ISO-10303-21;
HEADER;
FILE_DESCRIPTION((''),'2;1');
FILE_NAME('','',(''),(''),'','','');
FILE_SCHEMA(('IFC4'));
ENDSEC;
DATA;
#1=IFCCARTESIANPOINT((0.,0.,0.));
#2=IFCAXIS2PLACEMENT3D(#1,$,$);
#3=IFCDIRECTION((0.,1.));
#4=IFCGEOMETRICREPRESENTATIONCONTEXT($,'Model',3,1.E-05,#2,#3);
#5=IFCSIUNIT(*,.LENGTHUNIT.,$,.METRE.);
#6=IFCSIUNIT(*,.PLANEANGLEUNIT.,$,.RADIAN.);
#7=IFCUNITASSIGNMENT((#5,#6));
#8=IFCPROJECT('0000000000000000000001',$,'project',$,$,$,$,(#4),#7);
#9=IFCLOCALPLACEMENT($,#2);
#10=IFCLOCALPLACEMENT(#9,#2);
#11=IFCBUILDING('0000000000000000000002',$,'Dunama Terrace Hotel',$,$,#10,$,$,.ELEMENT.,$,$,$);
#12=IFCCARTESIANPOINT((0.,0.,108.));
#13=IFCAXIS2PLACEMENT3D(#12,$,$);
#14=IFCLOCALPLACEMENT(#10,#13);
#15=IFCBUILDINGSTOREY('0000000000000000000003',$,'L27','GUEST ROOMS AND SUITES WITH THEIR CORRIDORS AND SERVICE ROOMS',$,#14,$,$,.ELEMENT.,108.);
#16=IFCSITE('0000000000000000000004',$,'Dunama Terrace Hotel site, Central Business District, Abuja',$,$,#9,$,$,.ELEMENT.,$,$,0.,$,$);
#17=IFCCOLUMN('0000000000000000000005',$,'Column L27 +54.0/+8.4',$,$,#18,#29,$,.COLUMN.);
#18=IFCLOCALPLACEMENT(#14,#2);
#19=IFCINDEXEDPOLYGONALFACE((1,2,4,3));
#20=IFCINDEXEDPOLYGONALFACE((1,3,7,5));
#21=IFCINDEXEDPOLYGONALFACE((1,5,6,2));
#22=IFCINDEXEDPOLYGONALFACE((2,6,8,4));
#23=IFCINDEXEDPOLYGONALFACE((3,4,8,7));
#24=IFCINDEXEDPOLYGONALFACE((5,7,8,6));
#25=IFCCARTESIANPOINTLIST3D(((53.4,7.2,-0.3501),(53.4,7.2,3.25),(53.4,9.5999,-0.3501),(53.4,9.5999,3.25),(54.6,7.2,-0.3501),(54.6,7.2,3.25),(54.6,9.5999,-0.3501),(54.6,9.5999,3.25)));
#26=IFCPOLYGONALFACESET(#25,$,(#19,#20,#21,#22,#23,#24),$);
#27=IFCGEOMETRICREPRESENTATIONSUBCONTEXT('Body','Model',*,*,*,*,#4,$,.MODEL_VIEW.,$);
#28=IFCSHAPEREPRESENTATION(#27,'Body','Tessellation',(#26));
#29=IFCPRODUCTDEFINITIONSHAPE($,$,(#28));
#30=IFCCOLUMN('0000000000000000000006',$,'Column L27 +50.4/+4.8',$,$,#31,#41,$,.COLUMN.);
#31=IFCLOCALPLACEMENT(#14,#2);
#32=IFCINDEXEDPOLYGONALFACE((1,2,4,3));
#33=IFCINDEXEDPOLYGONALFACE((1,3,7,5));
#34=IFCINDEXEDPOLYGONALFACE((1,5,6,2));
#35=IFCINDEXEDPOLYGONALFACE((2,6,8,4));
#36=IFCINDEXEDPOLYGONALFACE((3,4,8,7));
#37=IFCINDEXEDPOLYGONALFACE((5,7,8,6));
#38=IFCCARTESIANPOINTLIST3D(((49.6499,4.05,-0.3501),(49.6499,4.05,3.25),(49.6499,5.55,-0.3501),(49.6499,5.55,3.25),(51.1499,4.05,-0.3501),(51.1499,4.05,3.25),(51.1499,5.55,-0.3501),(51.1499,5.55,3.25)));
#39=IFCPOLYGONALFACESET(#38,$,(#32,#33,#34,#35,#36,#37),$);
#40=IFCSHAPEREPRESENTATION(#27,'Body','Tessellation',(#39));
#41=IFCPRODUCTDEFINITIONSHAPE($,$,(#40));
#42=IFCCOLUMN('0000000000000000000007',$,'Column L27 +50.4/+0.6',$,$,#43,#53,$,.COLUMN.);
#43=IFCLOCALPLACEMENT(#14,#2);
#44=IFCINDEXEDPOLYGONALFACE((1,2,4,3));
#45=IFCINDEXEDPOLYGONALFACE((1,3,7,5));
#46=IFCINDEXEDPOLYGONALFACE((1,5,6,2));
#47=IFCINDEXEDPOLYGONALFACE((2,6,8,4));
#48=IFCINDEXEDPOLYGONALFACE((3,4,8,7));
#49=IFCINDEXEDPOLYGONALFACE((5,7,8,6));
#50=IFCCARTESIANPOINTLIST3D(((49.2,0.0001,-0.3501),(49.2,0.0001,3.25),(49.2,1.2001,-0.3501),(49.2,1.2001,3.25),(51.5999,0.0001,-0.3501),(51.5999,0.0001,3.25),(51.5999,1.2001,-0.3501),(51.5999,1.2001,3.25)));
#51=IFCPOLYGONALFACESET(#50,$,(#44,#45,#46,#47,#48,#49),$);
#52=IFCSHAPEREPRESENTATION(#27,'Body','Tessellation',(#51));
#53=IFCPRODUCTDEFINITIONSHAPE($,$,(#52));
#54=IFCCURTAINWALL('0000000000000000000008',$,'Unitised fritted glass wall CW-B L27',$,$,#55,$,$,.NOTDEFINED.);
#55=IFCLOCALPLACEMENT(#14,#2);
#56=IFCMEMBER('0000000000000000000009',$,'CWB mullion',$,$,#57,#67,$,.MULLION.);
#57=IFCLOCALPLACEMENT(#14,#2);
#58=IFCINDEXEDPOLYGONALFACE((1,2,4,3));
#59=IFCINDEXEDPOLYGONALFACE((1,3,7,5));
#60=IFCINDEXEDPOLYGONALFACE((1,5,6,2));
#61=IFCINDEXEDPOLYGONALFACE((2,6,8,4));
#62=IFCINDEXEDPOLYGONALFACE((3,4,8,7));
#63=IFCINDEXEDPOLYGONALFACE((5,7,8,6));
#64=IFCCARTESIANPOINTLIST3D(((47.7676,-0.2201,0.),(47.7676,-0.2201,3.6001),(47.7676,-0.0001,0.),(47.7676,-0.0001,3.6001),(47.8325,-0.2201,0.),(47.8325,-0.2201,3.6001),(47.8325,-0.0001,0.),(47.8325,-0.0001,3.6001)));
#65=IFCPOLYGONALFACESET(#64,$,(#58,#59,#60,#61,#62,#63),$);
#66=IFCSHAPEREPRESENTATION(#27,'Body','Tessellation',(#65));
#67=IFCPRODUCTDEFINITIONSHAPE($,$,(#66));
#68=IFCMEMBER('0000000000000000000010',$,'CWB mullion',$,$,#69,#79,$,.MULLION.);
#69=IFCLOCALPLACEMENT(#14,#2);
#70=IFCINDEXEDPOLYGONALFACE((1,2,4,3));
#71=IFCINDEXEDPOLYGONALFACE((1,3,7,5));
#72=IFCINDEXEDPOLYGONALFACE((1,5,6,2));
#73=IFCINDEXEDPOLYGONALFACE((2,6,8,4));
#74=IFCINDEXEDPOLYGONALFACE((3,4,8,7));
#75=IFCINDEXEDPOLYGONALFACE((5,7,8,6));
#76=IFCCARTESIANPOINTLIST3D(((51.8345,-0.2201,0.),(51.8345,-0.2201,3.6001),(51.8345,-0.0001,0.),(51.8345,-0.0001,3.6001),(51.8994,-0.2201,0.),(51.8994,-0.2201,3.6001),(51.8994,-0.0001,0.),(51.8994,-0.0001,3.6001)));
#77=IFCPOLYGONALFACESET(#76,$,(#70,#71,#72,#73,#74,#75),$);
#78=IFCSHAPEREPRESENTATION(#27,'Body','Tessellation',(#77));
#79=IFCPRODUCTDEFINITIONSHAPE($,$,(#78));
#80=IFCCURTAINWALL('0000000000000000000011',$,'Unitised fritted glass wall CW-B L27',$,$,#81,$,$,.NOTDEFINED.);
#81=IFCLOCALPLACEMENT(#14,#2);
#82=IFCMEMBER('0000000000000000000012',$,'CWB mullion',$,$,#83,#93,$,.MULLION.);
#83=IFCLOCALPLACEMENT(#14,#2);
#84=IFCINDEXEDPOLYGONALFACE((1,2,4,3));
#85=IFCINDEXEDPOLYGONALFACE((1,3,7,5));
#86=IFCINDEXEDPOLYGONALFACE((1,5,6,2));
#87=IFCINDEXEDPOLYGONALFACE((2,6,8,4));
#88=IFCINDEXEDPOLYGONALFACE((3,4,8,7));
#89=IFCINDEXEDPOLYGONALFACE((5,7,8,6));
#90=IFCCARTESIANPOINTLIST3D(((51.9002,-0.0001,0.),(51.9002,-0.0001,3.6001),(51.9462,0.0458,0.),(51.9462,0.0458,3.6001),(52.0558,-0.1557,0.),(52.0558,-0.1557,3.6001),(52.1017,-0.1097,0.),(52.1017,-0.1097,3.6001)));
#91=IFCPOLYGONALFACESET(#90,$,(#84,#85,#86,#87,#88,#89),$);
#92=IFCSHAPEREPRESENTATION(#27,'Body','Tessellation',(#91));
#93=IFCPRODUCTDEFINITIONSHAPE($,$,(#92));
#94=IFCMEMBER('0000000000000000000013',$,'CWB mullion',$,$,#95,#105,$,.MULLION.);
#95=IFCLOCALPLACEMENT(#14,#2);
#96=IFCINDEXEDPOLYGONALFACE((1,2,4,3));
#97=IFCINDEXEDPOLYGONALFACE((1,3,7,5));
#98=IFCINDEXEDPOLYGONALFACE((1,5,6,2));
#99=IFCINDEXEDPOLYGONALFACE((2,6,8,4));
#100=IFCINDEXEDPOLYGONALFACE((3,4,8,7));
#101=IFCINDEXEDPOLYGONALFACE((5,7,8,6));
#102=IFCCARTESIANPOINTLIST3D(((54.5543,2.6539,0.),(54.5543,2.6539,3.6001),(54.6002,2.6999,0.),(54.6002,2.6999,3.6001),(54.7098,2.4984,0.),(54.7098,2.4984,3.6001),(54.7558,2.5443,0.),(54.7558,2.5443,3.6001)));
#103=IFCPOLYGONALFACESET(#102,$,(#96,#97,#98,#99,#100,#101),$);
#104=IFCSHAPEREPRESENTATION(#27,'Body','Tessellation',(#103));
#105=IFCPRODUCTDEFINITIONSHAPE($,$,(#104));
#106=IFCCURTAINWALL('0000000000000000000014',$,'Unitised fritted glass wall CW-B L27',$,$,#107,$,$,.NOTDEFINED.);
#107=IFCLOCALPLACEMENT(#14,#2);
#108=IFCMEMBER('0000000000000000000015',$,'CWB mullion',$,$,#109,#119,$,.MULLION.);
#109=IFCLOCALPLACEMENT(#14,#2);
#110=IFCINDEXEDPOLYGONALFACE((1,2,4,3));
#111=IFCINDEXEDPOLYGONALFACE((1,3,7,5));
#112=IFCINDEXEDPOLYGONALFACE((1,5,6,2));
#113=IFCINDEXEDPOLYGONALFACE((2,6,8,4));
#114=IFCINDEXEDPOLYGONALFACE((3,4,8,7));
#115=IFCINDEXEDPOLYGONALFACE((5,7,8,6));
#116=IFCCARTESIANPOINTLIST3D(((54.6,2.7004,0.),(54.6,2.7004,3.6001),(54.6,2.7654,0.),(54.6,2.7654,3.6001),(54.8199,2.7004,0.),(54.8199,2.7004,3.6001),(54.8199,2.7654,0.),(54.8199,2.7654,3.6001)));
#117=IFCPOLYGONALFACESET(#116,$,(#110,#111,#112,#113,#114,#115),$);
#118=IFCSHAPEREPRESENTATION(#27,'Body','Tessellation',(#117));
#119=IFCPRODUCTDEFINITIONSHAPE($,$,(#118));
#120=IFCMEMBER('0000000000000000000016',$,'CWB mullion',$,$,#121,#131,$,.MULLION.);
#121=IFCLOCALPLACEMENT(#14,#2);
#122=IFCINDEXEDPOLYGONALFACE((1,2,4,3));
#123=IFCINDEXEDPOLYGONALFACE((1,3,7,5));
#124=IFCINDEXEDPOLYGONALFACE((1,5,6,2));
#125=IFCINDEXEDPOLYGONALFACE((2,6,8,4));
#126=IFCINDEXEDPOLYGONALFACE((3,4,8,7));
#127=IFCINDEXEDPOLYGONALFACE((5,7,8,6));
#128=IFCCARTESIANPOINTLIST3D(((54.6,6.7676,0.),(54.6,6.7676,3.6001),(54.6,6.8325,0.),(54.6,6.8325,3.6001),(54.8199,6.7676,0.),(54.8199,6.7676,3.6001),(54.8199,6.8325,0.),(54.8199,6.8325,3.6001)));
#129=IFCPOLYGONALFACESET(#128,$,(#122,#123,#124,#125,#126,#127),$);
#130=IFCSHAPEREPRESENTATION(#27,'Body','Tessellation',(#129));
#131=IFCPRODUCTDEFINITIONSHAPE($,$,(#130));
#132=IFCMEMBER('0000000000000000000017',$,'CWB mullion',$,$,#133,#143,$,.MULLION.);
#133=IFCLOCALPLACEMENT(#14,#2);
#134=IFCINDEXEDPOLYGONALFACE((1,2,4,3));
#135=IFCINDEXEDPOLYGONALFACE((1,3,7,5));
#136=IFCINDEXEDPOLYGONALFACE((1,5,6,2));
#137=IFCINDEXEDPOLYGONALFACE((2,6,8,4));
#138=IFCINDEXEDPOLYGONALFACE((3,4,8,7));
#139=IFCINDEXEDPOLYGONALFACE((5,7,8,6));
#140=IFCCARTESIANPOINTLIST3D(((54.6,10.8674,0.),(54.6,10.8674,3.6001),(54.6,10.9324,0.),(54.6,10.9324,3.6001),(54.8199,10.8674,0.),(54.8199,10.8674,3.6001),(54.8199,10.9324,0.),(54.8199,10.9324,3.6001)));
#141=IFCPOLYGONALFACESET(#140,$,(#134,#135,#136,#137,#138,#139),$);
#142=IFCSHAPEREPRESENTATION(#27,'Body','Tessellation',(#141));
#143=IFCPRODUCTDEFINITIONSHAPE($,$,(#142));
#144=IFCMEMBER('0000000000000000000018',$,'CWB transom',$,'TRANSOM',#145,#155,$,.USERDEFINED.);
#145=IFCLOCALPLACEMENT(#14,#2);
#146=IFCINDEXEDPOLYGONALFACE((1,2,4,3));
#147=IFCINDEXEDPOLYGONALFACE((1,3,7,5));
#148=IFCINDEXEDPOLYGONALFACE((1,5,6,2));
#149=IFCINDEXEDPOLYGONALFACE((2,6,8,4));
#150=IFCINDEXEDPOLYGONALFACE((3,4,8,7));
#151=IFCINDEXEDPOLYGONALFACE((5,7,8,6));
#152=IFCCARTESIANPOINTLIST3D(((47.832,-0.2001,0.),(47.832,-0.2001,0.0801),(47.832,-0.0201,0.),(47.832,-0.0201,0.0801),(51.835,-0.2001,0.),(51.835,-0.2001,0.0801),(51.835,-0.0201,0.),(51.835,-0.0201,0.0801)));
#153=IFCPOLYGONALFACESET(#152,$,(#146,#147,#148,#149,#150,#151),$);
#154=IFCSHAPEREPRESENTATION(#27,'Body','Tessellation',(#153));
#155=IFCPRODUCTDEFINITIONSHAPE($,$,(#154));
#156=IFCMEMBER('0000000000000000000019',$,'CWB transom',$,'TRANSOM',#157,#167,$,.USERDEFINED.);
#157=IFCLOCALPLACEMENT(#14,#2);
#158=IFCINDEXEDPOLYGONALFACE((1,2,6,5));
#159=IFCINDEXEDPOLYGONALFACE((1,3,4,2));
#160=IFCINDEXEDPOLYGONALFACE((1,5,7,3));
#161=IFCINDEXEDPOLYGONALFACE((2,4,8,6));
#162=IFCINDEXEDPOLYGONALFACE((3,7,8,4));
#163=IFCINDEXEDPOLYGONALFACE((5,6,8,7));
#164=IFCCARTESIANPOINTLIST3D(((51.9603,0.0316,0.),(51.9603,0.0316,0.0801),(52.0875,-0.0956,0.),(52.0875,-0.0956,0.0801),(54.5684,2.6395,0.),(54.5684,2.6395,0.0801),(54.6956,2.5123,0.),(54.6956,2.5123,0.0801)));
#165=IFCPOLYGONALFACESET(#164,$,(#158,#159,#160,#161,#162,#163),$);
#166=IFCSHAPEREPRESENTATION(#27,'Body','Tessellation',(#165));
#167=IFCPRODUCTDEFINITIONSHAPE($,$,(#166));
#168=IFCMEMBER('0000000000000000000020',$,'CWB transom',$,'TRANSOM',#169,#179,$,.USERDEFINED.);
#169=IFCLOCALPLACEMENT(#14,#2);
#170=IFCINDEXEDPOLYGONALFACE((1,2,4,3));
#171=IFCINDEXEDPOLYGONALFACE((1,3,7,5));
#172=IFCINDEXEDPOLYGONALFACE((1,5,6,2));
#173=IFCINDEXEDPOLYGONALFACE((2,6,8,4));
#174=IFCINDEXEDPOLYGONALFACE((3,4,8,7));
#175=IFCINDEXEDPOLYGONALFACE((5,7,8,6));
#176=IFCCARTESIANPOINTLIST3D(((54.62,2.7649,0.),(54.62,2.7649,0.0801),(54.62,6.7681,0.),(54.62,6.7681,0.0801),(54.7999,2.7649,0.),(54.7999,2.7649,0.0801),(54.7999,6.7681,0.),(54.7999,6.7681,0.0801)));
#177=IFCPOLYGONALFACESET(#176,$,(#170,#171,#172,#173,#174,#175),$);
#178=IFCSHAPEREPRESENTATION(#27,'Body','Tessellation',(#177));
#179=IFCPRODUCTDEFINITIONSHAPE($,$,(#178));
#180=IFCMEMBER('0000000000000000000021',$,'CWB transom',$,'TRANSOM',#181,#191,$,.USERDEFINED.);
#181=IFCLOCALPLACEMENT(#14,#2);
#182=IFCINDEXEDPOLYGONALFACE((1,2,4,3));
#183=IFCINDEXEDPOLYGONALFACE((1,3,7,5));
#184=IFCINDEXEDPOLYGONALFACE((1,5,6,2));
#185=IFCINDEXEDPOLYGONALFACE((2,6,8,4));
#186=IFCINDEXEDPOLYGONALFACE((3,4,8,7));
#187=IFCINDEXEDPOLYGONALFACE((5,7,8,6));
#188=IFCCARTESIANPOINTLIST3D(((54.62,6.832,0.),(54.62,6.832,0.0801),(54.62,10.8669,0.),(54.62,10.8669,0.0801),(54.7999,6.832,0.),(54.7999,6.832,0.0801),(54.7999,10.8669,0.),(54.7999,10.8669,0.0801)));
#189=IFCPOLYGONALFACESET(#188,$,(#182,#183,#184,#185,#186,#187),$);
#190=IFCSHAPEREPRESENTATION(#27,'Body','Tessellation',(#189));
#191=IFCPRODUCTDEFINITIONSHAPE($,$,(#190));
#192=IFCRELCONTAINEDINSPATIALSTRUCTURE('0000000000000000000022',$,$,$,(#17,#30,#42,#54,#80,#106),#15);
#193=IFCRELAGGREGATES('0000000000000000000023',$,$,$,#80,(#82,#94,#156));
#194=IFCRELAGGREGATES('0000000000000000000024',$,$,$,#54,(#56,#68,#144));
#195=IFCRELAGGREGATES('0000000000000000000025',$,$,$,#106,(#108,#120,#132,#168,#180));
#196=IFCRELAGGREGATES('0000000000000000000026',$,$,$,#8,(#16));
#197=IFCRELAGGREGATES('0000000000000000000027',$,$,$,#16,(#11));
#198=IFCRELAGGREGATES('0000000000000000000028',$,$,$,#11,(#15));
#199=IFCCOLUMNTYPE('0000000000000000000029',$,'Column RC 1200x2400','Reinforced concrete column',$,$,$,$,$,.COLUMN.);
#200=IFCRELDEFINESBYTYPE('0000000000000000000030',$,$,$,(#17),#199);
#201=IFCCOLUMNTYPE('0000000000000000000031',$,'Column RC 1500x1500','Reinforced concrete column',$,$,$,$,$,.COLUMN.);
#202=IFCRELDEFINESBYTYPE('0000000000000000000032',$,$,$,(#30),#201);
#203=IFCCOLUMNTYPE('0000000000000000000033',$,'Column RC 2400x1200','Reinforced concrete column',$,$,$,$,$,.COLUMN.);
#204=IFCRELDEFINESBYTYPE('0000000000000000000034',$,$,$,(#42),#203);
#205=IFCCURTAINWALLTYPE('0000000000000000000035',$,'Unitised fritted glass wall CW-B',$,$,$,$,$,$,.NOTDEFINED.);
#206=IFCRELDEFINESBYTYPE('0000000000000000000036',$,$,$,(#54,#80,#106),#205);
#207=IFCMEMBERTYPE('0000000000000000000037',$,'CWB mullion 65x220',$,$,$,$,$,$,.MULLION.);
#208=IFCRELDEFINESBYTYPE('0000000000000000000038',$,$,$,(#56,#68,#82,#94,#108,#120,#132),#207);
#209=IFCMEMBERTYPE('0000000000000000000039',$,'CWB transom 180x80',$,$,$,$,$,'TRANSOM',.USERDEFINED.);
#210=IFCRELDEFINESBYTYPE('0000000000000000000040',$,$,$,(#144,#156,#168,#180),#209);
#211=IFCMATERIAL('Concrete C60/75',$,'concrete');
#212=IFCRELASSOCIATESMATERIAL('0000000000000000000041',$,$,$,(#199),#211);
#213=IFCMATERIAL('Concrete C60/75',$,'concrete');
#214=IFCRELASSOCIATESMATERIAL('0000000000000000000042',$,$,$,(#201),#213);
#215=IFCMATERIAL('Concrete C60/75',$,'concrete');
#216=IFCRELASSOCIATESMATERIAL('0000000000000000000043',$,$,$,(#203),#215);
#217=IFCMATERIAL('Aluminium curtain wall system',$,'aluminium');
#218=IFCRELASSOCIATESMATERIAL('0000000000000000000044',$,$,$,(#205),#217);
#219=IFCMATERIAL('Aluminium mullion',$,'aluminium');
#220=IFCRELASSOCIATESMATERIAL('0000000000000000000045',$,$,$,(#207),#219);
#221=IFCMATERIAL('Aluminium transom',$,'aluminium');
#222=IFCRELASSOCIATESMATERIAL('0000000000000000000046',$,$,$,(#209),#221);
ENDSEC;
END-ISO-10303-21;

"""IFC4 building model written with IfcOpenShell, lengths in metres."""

from ifc_helpers import new_model, si_unit, direction, frame, origin, origin_2d, place, context, subcontext, project, spatial, rectangle, extrude, material, material_profile, profile_set, type_object, element, aggregate, save


model = new_model("IFC4")

# Units and contexts
model_context = context("Model", 3, precision=1e-05, world=origin(), true_north=direction((0.0, 1.0)))
body_context = subcontext(model_context, "Body", "Model", "MODEL_VIEW")
ifc_project = project(units=[si_unit("LENGTHUNIT", "METRE"), si_unit("PLANEANGLEUNIT", "RADIAN")], contexts=[model_context])

# Site, building, storey
site_placement = place(None, origin())
site = spatial("IfcSite", under=ifc_project, at=site_placement, Name="Dunama Terrace Hotel site, Central Business District, Abuja", CompositionType="ELEMENT", RefElevation=0.0)
building_placement = place(site_placement, origin())
building = spatial("IfcBuilding", under=site, at=building_placement, Name="Dunama Terrace Hotel", CompositionType="ELEMENT")
storey_placement = place(building_placement, frame((0.0, 0.0, 108.0)))
storey = spatial("IfcBuildingStorey", under=building, at=storey_placement, Name="L27", Description="GUEST ROOMS AND SUITES WITH THEIR CORRIDORS AND SERVICE ROOMS", CompositionType="ELEMENT", Elevation=108.0)

# Columns
ifc_material_1 = material(Name="Concrete C60/75", Category="concrete")
ifc_material_profile_1 = material_profile(ifc_material_1, rectangle(XDim=1.2, YDim=2.3999, at=origin_2d()), Name="RC 1200x2400")
ifc_profile_set_1 = profile_set([ifc_material_profile_1], Name="Concrete C60/75")
column_type_1 = type_object("IfcColumnType", Name="Column RC 1200x2400", Description="Reinforced concrete column", PredefinedType="COLUMN", material=ifc_profile_set_1)
column_1_placement = place(storey_placement, frame((54.0, 8.3999, -0.3501), z_axis=(0.0, 0.0, 1.0), x_axis=(1.0, 0.0, 0.0)))
element("IfcColumn", 1, at=column_1_placement, inside=storey, type_object=column_type_1, Name="Column L27 +54.0/+8.4", PredefinedType="COLUMN", context=body_context, shape_type="SweptSolid", body=[
    extrude(rectangle(XDim=1.2, YDim=2.3999, at=origin_2d()), origin(), (0.0, 0.0, 1.0), 3.6001),
])
ifc_material_2 = material(Name="Concrete C60/75", Category="concrete")
ifc_material_profile_2 = material_profile(ifc_material_2, rectangle(XDim=1.5, YDim=1.5, at=origin_2d()), Name="RC 1500x1500")
ifc_profile_set_2 = profile_set([ifc_material_profile_2], Name="Concrete C60/75")
column_type_2 = type_object("IfcColumnType", Name="Column RC 1500x1500", Description="Reinforced concrete column", PredefinedType="COLUMN", material=ifc_profile_set_2)
column_2_placement = place(storey_placement, frame((50.3999, 4.8, -0.3501), z_axis=(0.0, 0.0, 1.0), x_axis=(1.0, 0.0, 0.0)))
element("IfcColumn", 2, at=column_2_placement, inside=storey, type_object=column_type_2, Name="Column L27 +50.4/+4.8", PredefinedType="COLUMN", context=body_context, shape_type="SweptSolid", body=[
    extrude(rectangle(XDim=1.5, YDim=1.5, at=origin_2d()), origin(), (0.0, 0.0, 1.0), 3.6001),
])
ifc_material_3 = material(Name="Concrete C60/75", Category="concrete")
ifc_material_profile_3 = material_profile(ifc_material_3, rectangle(XDim=2.3999, YDim=1.2, at=origin_2d()), Name="RC 2400x1200")
ifc_profile_set_3 = profile_set([ifc_material_profile_3], Name="Concrete C60/75")
column_type_3 = type_object("IfcColumnType", Name="Column RC 2400x1200", Description="Reinforced concrete column", PredefinedType="COLUMN", material=ifc_profile_set_3)
column_3_placement = place(storey_placement, frame((50.3999, 0.6001, -0.3501), z_axis=(0.0, 0.0, 1.0), x_axis=(1.0, 0.0, 0.0)))
element("IfcColumn", 3, at=column_3_placement, inside=storey, type_object=column_type_3, Name="Column L27 +50.4/+0.6", PredefinedType="COLUMN", context=body_context, shape_type="SweptSolid", body=[
    extrude(rectangle(XDim=2.3999, YDim=1.2, at=origin_2d()), origin(), (0.0, 0.0, 1.0), 3.6001),
])

# Curtain walls, members
ifc_material_4 = material(Name="Aluminium curtain wall system", Category="aluminium")
curtain_wall_type = type_object("IfcCurtainWallType", Name="Unitised fritted glass wall CW-B", PredefinedType="NOTDEFINED", material=ifc_material_4)
curtain_wall_1_placement = place(storey_placement, origin())
curtain_wall_1 = element("IfcCurtainWall", 4, at=curtain_wall_1_placement, inside=storey, type_object=curtain_wall_type, Name="Unitised fritted glass wall CW-B L27", PredefinedType="NOTDEFINED")
ifc_material_5 = material(Name="Aluminium mullion", Category="aluminium")
ifc_material_profile_4 = material_profile(ifc_material_5, rectangle(XDim=0.0649, YDim=0.22, at=origin_2d()), Name="CWB MULLION 65X220")
ifc_profile_set_4 = profile_set([ifc_material_profile_4], Name="Aluminium mullion")
member_type_1 = type_object("IfcMemberType", Name="CWB mullion 65x220", PredefinedType="MULLION", material=ifc_profile_set_4)
member_1_placement = place(storey_placement, frame((47.8, -0.1101, 0.0), z_axis=(0.0, 0.0, 1.0), x_axis=(1.0, 0.0, 0.0)))
member_1 = element("IfcMember", 5, at=member_1_placement, type_object=member_type_1, Name="CWB mullion", PredefinedType="MULLION", context=body_context, shape_type="SweptSolid", body=[
    extrude(rectangle(XDim=0.0649, YDim=0.22, at=origin_2d()), origin(), (0.0, 0.0, 1.0), 3.6001),
])
member_2_placement = place(storey_placement, frame((51.8669, -0.1101, 0.0), z_axis=(0.0, 0.0, 1.0), x_axis=(1.0, 0.0, 0.0)))
member_2 = element("IfcMember", 6, at=member_2_placement, type_object=member_type_1, Name="CWB mullion", PredefinedType="MULLION", context=body_context, shape_type="SweptSolid", body=[
    extrude(rectangle(XDim=0.0649, YDim=0.22, at=origin_2d()), origin(), (0.0, 0.0, 1.0), 3.6001),
])
curtain_wall_2_placement = place(storey_placement, origin())
curtain_wall_2 = element("IfcCurtainWall", 7, at=curtain_wall_2_placement, inside=storey, type_object=curtain_wall_type, Name="Unitised fritted glass wall CW-B L27", PredefinedType="NOTDEFINED")
member_3_placement = place(storey_placement, frame((52.001, -0.0549, 0.0), z_axis=(0.0, 0.0, 1.0), x_axis=(0.707107, 0.707107, 0.0)))
member_3 = element("IfcMember", 8, at=member_3_placement, type_object=member_type_1, Name="CWB mullion", PredefinedType="MULLION", context=body_context, shape_type="SweptSolid", body=[
    extrude(rectangle(XDim=0.0649, YDim=0.22, at=origin_2d()), origin(), (0.0, 0.0, 1.0), 3.6001),
])
member_4_placement = place(storey_placement, frame((54.655, 2.5991, 0.0), z_axis=(0.0, 0.0, 1.0), x_axis=(0.707107, 0.707107, 0.0)))
member_4 = element("IfcMember", 9, at=member_4_placement, type_object=member_type_1, Name="CWB mullion", PredefinedType="MULLION", context=body_context, shape_type="SweptSolid", body=[
    extrude(rectangle(XDim=0.0649, YDim=0.22, at=origin_2d()), origin(), (0.0, 0.0, 1.0), 3.6001),
])
curtain_wall_3_placement = place(storey_placement, origin())
curtain_wall_3 = element("IfcCurtainWall", 10, at=curtain_wall_3_placement, inside=storey, type_object=curtain_wall_type, Name="Unitised fritted glass wall CW-B L27", PredefinedType="NOTDEFINED")
member_5_placement = place(storey_placement, frame((54.71, 2.7329, 0.0), z_axis=(0.0, 0.0, 1.0), x_axis=(0.0, 1.0, 0.0)))
member_5 = element("IfcMember", 11, at=member_5_placement, type_object=member_type_1, Name="CWB mullion", PredefinedType="MULLION", context=body_context, shape_type="SweptSolid", body=[
    extrude(rectangle(XDim=0.0649, YDim=0.22, at=origin_2d()), origin(), (0.0, 0.0, 1.0), 3.6001),
])
member_6_placement = place(storey_placement, frame((54.71, 6.8, 0.0), z_axis=(0.0, 0.0, 1.0), x_axis=(0.0, 1.0, 0.0)))
member_6 = element("IfcMember", 12, at=member_6_placement, type_object=member_type_1, Name="CWB mullion", PredefinedType="MULLION", context=body_context, shape_type="SweptSolid", body=[
    extrude(rectangle(XDim=0.0649, YDim=0.22, at=origin_2d()), origin(), (0.0, 0.0, 1.0), 3.6001),
])
member_7_placement = place(storey_placement, frame((54.71, 10.8999, 0.0), z_axis=(0.0, 0.0, 1.0), x_axis=(0.0, 1.0, 0.0)))
member_7 = element("IfcMember", 13, at=member_7_placement, type_object=member_type_1, Name="CWB mullion", PredefinedType="MULLION", context=body_context, shape_type="SweptSolid", body=[
    extrude(rectangle(XDim=0.0649, YDim=0.22, at=origin_2d()), origin(), (0.0, 0.0, 1.0), 3.6001),
])

# Members
ifc_material_6 = material(Name="Aluminium transom", Category="aluminium")
ifc_material_profile_5 = material_profile(ifc_material_6, rectangle(XDim=0.1799, YDim=0.0801, at=origin_2d()), Name="CWB TRANSOM 180X80")
ifc_profile_set_5 = profile_set([ifc_material_profile_5], Name="Aluminium transom")
member_type_2 = type_object("IfcMemberType", Name="CWB transom 180x80", ElementType="TRANSOM", PredefinedType="USERDEFINED", material=ifc_profile_set_5)
member_8_placement = place(storey_placement, frame((47.832, -0.1101, 0.04), z_axis=(1.0, 0.0, 0.0), x_axis=(0.0, 1.0, 0.0)))
member_8 = element("IfcMember", 14, at=member_8_placement, type_object=member_type_2, Name="CWB transom", ObjectType="TRANSOM", PredefinedType="USERDEFINED", context=body_context, shape_type="SweptSolid", body=[
    extrude(rectangle(XDim=0.1799, YDim=0.0801, at=origin_2d()), origin(), (0.0, 0.0, 1.0), 4.0029),
])
member_9_placement = place(storey_placement, frame((52.0239, -0.032, 0.04), z_axis=(0.70714, 0.707074, 0.0), x_axis=(-0.707074, 0.70714, 0.0)))
member_9 = element("IfcMember", 15, at=member_9_placement, type_object=member_type_2, Name="CWB transom", ObjectType="TRANSOM", PredefinedType="USERDEFINED", context=body_context, shape_type="SweptSolid", body=[
    extrude(rectangle(XDim=0.1799, YDim=0.0801, at=origin_2d()), origin(), (0.0, 0.0, 1.0), 3.6882),
])
member_10_placement = place(storey_placement, frame((54.71, 2.7649, 0.04), z_axis=(0.0, 1.0, 0.0), x_axis=(-1.0, 0.0, 0.0)))
member_10 = element("IfcMember", 16, at=member_10_placement, type_object=member_type_2, Name="CWB transom", ObjectType="TRANSOM", PredefinedType="USERDEFINED", context=body_context, shape_type="SweptSolid", body=[
    extrude(rectangle(XDim=0.1799, YDim=0.0801, at=origin_2d()), origin(), (0.0, 0.0, 1.0), 4.0032),
])
member_11_placement = place(storey_placement, frame((54.71, 6.832, 0.04), z_axis=(0.0, 1.0, 0.0), x_axis=(-1.0, 0.0, 0.0)))
member_11 = element("IfcMember", 17, at=member_11_placement, type_object=member_type_2, Name="CWB transom", ObjectType="TRANSOM", PredefinedType="USERDEFINED", context=body_context, shape_type="SweptSolid", body=[
    extrude(rectangle(XDim=0.1799, YDim=0.0801, at=origin_2d()), origin(), (0.0, 0.0, 1.0), 4.0349),
])

aggregate(curtain_wall_2, [member_3, member_4, member_9])
aggregate(curtain_wall_1, [member_1, member_2, member_8])
aggregate(curtain_wall_3, [member_5, member_6, member_7, member_10, member_11])

save(model, "model.ifc")
